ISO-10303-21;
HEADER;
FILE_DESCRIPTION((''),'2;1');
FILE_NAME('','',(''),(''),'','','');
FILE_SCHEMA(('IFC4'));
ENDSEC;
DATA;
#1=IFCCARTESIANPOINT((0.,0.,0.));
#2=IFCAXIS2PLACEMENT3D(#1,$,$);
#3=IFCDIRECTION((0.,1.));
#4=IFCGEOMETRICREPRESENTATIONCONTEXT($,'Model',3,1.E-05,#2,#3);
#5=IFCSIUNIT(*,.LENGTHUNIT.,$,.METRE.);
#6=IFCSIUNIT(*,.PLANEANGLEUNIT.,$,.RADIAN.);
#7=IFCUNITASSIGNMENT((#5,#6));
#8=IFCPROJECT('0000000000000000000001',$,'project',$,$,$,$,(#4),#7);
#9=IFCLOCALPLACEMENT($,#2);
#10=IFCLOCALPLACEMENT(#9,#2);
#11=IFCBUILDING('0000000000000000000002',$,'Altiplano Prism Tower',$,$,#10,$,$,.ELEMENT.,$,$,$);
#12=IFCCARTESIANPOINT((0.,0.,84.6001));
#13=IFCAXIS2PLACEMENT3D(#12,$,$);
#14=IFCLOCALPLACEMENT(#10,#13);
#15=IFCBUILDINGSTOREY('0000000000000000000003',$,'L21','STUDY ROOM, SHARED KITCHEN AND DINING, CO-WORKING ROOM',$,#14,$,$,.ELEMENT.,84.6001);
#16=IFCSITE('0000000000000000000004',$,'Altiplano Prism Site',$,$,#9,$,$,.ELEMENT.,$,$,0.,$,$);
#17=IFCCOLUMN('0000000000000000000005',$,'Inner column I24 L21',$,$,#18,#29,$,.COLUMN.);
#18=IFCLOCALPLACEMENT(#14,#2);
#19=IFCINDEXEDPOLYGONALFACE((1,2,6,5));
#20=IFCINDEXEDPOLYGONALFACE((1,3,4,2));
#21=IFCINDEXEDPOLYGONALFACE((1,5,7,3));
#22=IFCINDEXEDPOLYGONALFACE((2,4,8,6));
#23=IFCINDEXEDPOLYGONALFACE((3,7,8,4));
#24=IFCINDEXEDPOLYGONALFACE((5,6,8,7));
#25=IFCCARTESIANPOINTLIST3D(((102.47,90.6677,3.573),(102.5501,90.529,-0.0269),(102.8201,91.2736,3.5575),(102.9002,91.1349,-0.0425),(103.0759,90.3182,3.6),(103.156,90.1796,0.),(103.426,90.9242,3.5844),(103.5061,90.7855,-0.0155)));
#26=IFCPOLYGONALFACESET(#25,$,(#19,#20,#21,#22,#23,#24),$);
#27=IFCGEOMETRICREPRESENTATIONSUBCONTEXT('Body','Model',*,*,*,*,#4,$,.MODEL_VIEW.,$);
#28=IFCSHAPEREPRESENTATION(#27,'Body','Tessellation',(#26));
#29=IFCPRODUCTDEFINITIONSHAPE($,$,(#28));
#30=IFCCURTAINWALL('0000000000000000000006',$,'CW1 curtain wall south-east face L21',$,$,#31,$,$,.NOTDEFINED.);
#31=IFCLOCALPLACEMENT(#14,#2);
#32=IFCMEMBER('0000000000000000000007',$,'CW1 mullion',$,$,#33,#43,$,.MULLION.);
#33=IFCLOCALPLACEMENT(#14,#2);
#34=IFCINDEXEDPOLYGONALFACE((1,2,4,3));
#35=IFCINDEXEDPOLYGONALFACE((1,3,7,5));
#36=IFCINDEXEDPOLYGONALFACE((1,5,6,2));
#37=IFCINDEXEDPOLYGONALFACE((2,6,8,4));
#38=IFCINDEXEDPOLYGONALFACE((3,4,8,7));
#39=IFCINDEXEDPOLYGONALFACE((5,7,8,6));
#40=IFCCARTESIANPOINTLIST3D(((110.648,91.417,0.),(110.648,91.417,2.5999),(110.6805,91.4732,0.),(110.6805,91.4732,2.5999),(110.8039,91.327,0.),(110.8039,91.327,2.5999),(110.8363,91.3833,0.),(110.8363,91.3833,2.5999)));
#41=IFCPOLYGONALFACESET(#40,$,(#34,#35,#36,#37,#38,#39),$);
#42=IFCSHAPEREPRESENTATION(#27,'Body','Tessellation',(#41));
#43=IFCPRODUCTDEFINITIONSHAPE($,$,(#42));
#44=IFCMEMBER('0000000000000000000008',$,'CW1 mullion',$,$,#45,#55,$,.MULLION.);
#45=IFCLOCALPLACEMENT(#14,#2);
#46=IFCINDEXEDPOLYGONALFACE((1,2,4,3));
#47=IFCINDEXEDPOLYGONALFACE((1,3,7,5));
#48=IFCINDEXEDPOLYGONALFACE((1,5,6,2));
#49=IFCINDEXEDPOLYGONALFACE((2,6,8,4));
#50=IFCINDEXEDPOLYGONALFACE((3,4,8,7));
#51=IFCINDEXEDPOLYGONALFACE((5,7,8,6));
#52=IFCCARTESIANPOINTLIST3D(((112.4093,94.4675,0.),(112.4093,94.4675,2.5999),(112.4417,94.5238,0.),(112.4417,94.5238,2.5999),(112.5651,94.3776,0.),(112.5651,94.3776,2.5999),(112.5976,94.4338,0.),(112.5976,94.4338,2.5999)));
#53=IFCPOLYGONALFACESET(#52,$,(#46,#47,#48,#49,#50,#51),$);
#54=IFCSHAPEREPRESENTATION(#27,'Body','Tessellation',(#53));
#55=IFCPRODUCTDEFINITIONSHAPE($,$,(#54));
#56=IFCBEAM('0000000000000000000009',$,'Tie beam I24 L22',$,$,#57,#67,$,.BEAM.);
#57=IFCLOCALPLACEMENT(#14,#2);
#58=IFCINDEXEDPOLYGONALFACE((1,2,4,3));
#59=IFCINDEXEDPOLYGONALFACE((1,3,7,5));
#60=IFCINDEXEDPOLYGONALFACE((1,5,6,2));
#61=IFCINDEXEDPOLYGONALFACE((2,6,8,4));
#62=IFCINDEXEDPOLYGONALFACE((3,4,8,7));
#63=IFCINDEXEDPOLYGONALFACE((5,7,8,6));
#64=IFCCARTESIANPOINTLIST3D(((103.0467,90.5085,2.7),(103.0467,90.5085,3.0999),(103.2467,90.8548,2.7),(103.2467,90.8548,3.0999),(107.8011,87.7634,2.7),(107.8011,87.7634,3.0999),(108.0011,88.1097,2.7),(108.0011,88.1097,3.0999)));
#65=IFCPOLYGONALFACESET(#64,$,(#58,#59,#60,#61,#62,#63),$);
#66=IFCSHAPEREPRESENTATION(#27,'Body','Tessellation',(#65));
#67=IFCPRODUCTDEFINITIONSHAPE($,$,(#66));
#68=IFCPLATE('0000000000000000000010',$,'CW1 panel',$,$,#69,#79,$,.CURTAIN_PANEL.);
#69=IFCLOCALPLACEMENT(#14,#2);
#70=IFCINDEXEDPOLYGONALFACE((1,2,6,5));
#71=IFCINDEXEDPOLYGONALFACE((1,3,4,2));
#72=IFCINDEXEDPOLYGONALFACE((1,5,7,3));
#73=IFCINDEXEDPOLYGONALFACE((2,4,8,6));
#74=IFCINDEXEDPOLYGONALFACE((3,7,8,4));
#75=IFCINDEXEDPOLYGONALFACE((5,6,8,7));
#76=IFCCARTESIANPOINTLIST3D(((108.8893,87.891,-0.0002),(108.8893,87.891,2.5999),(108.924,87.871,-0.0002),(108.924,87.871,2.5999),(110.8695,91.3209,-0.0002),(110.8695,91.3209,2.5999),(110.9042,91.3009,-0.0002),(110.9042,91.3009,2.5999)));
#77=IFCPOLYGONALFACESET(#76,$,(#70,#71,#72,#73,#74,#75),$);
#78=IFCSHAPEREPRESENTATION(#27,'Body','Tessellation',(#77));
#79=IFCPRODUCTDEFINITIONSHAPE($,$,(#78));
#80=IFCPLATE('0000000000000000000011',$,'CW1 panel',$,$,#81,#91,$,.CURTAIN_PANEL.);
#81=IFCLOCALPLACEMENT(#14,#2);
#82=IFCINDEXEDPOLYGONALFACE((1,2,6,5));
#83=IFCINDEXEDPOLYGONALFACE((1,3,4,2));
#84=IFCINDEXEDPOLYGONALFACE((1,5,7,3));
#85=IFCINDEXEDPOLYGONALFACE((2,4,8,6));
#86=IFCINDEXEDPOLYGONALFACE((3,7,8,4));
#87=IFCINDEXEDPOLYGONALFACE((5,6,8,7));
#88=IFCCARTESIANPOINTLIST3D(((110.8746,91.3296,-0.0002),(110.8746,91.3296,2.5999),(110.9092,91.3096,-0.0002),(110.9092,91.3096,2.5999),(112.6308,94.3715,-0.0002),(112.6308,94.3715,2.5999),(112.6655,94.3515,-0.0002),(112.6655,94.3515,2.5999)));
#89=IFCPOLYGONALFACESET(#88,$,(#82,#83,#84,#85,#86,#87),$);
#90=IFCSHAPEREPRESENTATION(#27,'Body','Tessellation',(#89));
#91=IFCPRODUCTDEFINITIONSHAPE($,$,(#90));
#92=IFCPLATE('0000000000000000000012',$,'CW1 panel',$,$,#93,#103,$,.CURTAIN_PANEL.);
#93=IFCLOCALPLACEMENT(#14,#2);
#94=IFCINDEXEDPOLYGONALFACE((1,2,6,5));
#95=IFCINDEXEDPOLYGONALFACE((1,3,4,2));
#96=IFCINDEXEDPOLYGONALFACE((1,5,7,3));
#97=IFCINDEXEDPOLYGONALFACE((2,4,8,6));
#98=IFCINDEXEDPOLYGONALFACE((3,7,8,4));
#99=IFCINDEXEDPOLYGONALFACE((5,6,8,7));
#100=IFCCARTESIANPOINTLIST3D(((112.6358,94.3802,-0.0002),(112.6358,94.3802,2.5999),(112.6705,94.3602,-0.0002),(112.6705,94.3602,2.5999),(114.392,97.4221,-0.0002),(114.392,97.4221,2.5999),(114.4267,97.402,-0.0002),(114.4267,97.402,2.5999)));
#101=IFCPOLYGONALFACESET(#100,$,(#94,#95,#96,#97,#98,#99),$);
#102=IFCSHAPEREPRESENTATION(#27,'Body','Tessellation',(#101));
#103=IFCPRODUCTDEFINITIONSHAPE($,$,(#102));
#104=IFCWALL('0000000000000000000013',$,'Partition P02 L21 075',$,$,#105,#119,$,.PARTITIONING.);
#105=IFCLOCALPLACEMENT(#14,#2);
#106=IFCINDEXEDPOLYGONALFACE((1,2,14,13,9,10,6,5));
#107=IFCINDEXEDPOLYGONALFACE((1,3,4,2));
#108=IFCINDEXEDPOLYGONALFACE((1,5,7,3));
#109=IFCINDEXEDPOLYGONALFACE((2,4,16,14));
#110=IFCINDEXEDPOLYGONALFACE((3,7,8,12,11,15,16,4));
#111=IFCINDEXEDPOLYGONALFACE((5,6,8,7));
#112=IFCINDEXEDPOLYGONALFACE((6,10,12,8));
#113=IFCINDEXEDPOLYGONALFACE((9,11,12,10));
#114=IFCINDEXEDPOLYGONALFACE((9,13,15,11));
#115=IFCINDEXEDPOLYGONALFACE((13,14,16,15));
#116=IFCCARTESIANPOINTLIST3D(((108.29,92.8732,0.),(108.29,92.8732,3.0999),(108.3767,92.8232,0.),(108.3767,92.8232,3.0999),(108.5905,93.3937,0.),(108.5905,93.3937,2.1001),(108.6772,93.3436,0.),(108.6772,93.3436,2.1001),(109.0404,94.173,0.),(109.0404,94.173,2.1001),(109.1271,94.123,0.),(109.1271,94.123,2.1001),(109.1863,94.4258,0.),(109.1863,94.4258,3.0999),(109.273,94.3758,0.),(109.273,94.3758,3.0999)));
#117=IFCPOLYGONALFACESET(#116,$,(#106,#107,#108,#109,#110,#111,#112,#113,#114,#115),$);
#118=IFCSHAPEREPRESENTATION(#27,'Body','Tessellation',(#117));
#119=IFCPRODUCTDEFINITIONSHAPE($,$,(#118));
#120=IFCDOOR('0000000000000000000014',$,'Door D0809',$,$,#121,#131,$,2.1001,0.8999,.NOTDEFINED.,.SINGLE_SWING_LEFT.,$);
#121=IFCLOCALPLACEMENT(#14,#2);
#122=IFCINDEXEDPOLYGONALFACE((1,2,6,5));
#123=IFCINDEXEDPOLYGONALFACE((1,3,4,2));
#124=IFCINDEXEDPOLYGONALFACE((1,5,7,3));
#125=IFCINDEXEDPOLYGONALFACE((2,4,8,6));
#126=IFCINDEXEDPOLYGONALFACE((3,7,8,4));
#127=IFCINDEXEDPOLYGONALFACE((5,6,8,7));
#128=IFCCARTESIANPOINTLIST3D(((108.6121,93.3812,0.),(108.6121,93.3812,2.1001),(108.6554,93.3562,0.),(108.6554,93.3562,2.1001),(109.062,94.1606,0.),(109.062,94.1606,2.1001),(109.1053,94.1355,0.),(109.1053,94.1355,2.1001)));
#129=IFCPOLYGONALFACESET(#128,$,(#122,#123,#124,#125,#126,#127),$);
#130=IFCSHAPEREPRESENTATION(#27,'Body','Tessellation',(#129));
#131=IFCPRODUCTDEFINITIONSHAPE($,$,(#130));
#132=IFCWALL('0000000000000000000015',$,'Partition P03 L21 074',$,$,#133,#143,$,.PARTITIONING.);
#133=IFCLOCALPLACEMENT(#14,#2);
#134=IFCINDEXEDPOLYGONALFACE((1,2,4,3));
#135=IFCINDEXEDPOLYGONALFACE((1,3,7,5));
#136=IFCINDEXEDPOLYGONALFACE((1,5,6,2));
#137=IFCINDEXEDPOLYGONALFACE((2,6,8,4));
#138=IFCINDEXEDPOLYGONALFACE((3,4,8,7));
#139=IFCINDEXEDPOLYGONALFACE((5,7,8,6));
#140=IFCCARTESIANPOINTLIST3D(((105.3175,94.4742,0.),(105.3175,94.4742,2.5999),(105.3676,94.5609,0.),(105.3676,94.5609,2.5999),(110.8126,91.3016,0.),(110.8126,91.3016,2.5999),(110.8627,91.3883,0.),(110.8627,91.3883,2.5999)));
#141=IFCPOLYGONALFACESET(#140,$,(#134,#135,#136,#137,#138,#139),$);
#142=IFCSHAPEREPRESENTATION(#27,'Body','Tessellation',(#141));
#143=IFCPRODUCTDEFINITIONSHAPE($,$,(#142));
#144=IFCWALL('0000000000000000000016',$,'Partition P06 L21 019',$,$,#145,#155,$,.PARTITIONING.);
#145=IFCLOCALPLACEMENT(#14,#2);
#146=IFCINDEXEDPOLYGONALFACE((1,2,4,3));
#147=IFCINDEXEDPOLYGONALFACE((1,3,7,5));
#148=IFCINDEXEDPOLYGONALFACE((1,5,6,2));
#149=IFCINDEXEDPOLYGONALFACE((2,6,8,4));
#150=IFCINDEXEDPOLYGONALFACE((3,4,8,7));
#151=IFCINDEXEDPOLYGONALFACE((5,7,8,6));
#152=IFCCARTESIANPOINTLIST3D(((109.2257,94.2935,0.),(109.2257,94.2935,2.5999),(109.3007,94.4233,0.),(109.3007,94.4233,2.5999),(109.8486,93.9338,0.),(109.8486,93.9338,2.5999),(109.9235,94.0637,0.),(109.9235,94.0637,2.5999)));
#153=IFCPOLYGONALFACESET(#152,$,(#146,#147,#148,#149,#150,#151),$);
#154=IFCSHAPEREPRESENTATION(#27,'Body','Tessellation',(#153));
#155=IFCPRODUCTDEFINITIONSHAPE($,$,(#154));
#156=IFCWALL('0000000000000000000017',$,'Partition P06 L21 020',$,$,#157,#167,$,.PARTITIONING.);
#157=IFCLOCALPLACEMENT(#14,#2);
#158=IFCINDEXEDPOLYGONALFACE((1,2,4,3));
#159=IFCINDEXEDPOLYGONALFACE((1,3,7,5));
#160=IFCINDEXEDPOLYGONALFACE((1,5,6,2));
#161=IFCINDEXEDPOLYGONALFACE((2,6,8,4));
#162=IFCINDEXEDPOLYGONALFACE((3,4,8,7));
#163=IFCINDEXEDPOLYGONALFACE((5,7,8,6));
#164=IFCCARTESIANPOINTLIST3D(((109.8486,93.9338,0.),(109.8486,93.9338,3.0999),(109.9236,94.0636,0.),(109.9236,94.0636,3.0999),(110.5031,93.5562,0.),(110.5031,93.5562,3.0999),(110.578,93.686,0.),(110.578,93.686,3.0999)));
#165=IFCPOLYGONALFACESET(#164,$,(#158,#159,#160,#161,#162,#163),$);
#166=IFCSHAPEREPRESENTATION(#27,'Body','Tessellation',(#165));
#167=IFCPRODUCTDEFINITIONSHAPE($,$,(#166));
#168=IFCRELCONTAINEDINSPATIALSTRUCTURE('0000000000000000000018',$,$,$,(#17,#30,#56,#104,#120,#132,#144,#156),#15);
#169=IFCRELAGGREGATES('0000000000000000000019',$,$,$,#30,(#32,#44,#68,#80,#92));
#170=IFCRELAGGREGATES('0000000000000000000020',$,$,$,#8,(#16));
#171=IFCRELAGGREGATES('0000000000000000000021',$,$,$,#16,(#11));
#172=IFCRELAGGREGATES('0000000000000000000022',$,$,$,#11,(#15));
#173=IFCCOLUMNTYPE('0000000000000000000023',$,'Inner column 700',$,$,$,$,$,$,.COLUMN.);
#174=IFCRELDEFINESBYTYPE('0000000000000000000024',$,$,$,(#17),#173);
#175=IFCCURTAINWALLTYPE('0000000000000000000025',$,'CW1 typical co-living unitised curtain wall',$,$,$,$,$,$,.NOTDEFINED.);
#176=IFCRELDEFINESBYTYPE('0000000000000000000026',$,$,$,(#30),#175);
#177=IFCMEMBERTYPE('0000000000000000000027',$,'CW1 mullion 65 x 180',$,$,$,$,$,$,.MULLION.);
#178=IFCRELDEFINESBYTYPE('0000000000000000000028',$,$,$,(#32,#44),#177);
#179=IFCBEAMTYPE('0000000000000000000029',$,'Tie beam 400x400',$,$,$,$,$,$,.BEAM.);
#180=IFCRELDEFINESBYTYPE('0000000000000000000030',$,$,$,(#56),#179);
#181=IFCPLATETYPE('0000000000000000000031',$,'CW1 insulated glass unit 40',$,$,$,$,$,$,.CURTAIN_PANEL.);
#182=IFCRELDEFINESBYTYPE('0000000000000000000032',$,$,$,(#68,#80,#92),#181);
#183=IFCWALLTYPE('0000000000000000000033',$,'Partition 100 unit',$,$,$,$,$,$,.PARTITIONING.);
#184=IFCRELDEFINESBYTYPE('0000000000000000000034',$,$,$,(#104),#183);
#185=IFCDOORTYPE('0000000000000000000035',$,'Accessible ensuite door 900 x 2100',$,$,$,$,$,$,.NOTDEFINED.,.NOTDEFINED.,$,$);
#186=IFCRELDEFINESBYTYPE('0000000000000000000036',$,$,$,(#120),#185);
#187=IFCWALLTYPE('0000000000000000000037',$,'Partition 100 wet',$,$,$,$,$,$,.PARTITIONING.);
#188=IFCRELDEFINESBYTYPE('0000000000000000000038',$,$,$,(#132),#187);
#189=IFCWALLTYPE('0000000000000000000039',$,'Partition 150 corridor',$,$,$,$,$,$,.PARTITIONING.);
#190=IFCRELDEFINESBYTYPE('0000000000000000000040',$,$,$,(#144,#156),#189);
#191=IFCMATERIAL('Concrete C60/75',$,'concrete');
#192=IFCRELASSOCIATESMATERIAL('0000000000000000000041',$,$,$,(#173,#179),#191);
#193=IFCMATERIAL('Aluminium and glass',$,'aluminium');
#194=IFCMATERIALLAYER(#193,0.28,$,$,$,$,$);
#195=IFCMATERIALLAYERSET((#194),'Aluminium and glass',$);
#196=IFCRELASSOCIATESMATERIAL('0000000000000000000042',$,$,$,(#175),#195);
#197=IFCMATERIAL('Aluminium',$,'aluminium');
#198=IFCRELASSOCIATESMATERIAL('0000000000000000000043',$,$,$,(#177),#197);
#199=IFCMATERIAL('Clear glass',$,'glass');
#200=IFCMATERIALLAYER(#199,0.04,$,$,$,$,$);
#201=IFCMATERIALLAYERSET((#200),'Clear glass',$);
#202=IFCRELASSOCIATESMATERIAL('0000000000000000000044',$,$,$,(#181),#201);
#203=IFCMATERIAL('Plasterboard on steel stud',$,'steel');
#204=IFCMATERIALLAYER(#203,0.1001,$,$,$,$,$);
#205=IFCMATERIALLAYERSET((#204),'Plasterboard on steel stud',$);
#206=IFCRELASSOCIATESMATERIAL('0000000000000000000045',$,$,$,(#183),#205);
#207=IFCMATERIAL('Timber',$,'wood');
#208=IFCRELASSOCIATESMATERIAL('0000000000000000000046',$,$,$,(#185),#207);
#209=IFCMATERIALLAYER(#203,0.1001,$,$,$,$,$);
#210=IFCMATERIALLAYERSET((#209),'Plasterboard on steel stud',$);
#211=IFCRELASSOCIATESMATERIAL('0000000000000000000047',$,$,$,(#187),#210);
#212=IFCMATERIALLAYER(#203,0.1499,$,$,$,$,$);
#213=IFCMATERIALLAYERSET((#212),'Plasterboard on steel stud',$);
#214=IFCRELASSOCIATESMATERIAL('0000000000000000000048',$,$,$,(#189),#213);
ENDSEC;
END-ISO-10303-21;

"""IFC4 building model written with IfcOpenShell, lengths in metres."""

from ifc_helpers import new_model, si_unit, direction, frame, frame_2d, origin, origin_2d, place, context, subcontext, project, spatial, rectangle, extrude, material, layer, layer_set, material_profile, profile_set, type_object, element, fill, aggregate, save


model = new_model("IFC4")

# Units and contexts
model_context = context("Model", 3, precision=1e-05, world=origin(), true_north=direction((0.0, 1.0)))
body_context = subcontext(model_context, "Body", "Model", "MODEL_VIEW")
ifc_project = project(units=[si_unit("LENGTHUNIT", "METRE"), si_unit("PLANEANGLEUNIT", "RADIAN")], contexts=[model_context])

# Site, building, storey
site_placement = place(None, origin())
site = spatial("IfcSite", under=ifc_project, at=site_placement, Name="Altiplano Prism Site", CompositionType="ELEMENT", RefElevation=0.0)
building_placement = place(site_placement, origin())
building = spatial("IfcBuilding", under=site, at=building_placement, Name="Altiplano Prism Tower", CompositionType="ELEMENT")
storey_placement = place(building_placement, frame((0.0, 0.0, 84.6001)))
storey = spatial("IfcBuildingStorey", under=building, at=storey_placement, Name="L21", Description="STUDY ROOM, SHARED KITCHEN AND DINING, CO-WORKING ROOM", CompositionType="ELEMENT", Elevation=84.6001)

# Column
ifc_material_1 = material(Name="Concrete C60/75", Category="concrete")
ifc_material_profile_1 = material_profile(ifc_material_1, rectangle(XDim=0.7, YDim=0.7, at=origin_2d()), Name="Inner column 700")
ifc_profile_set_1 = profile_set([ifc_material_profile_1], Name="Concrete C60/75")
column_type = type_object("IfcColumnType", Name="Inner column 700", PredefinedType="COLUMN", material=ifc_profile_set_1)
column_placement = place(storey_placement, frame((103.0281, 90.6572, -0.0212), z_axis=(-0.022223, 0.038483, 0.999012), x_axis=(-0.50017, -0.865642, 0.02222)))
element("IfcColumn", 1, at=column_placement, inside=storey, type_object=column_type, Name="Inner column I24 L21", PredefinedType="COLUMN", context=body_context, shape_type="SweptSolid", body=[
    extrude(rectangle(XDim=0.7, YDim=0.7, at=origin_2d()), origin(), (0.0, 0.0, 1.0), 3.6035),
])

# Curtain wall, members
ifc_material_2 = material(Name="Aluminium and glass", Category="aluminium")
ifc_layer_1 = layer(ifc_material_2, 0.28)
ifc_layer_set_1 = layer_set([ifc_layer_1], Name="Aluminium and glass")
curtain_wall_type = type_object("IfcCurtainWallType", Name="CW1 typical co-living unitised curtain wall", PredefinedType="NOTDEFINED", material=ifc_layer_set_1)
curtain_wall_placement = place(storey_placement, origin())
curtain_wall = element("IfcCurtainWall", 2, at=curtain_wall_placement, inside=storey, type_object=curtain_wall_type, Name="CW1 curtain wall south-east face L21", PredefinedType="NOTDEFINED")
ifc_material_3 = material(Name="Aluminium", Category="aluminium")
ifc_material_profile_2 = material_profile(ifc_material_3, rectangle(XDim=0.1799, YDim=0.0649, at=origin_2d()), Name="CW1 mullion 65 x 180")
ifc_profile_set_2 = profile_set([ifc_material_profile_2], Name="Aluminium")
member_type = type_object("IfcMemberType", Name="CW1 mullion 65 x 180", PredefinedType="MULLION", material=ifc_profile_set_2)
member_1_placement = place(storey_placement, frame((110.7422, 91.4001, 0.0), z_axis=(0.0, 0.0, 1.0), x_axis=(-0.866025, 0.5, 0.0)))
member_1 = element("IfcMember", 3, at=member_1_placement, type_object=member_type, Name="CW1 mullion", PredefinedType="MULLION", context=body_context, shape_type="SweptSolid", body=[
    extrude(rectangle(XDim=0.1799, YDim=0.0649, at=origin_2d()), origin(), (0.0, 0.0, 1.0), 2.5999),
])
member_2_placement = place(storey_placement, frame((112.5034, 94.4507, 0.0), z_axis=(0.0, 0.0, 1.0), x_axis=(-0.866025, 0.5, 0.0)))
member_2 = element("IfcMember", 4, at=member_2_placement, type_object=member_type, Name="CW1 mullion", PredefinedType="MULLION", context=body_context, shape_type="SweptSolid", body=[
    extrude(rectangle(XDim=0.1799, YDim=0.0649, at=origin_2d()), origin(), (0.0, 0.0, 1.0), 2.5999),
])

# Beam
ifc_material_profile_3 = material_profile(ifc_material_1, rectangle(XDim=0.3999, YDim=0.3999, at=origin_2d()), Name="Tie beam 400x400")
ifc_profile_set_3 = profile_set([ifc_material_profile_3], Name="Concrete C60/75")
beam_type = type_object("IfcBeamType", Name="Tie beam 400x400", PredefinedType="BEAM", material=ifc_profile_set_3)
beam_placement = place(storey_placement, frame((103.1467, 90.6816, 2.8999), z_axis=(0.866012, -0.500023, 0.0), x_axis=(0.500023, 0.866012, 0.0)))
element("IfcBeam", 5, at=beam_placement, inside=storey, type_object=beam_type, Name="Tie beam I24 L22", PredefinedType="BEAM", context=body_context, shape_type="SweptSolid", body=[
    extrude(rectangle(XDim=0.3999, YDim=0.3999, at=origin_2d()), origin(), (0.0, 0.0, 1.0), 5.49),
])

# Plates
ifc_material_4 = material(Name="Clear glass", Category="glass")
ifc_layer_2 = layer(ifc_material_4, 0.04)
ifc_layer_set_2 = layer_set([ifc_layer_2], Name="Clear glass")
plate_type = type_object("IfcPlateType", Name="CW1 insulated glass unit 40", PredefinedType="CURTAIN_PANEL", material=ifc_layer_set_2)
plate_1_placement = place(storey_placement, frame((109.8967, 89.5959, -0.0002), z_axis=(0.0, 0.0, 1.0), x_axis=(0.5, 0.866025, 0.0)))
plate_1 = element("IfcPlate", 6, at=plate_1_placement, type_object=plate_type, Name="CW1 panel", PredefinedType="CURTAIN_PANEL", context=body_context, shape_type="SweptSolid", body=[
    extrude(rectangle(XDim=3.9604, YDim=0.04, at=origin_2d()), origin(), (0.0, 0.0, 1.0), 2.6001),
])
plate_2_placement = place(storey_placement, frame((111.77, 92.8406, -0.0002), z_axis=(0.0, 0.0, 1.0), x_axis=(0.5, 0.866025, 0.0)))
plate_2 = element("IfcPlate", 7, at=plate_2_placement, type_object=plate_type, Name="CW1 panel", PredefinedType="CURTAIN_PANEL", context=body_context, shape_type="SweptSolid", body=[
    extrude(rectangle(XDim=3.5125, YDim=0.04, at=origin_2d()), origin(), (0.0, 0.0, 1.0), 2.6001),
])
plate_3_placement = place(storey_placement, frame((113.5312, 95.8911, -0.0002), z_axis=(0.0, 0.0, 1.0), x_axis=(0.5, 0.866025, 0.0)))
plate_3 = element("IfcPlate", 8, at=plate_3_placement, type_object=plate_type, Name="CW1 panel", PredefinedType="CURTAIN_PANEL", context=body_context, shape_type="SweptSolid", body=[
    extrude(rectangle(XDim=3.5125, YDim=0.04, at=origin_2d()), origin(), (0.0, 0.0, 1.0), 2.6001),
])
aggregate(curtain_wall, [member_1, member_2, plate_1, plate_2, plate_3])

# Wall, opening, door
ifc_material_5 = material(Name="Plasterboard on steel stud", Category="steel")
ifc_layer_3 = layer(ifc_material_5, 0.1001)
ifc_layer_set_3 = layer_set([ifc_layer_3], Name="Plasterboard on steel stud")
wall_type_1 = type_object("IfcWallType", Name="Partition 100 unit", PredefinedType="PARTITIONING", material=ifc_layer_set_3)
wall_1_placement = place(storey_placement, frame((109.2297, 94.4009, 0.0), z_axis=(0.0, 0.0, 1.0), x_axis=(-0.499962, -0.866047, 0.0)))
wall_1 = element("IfcWall", 9, at=wall_1_placement, inside=storey, type_object=wall_type_1, Name="Partition P02 L21 075", PredefinedType="PARTITIONING", context=body_context, shape_type="SweptSolid", body=[
    extrude(rectangle(XDim=1.7927, YDim=0.1001, at=frame_2d((0.8965, 0.0))), origin(), (0.0, 0.0, 1.0), 3.0999),
])
opening_1_placement = place(wall_1_placement, frame((0.292, 0.0, 0.0)))
opening_1 = element("IfcOpeningElement", 10, at=opening_1_placement, cuts=wall_1, PredefinedType="OPENING", context=body_context, shape_type="SweptSolid", body=[
    extrude(rectangle(XDim=0.8999, YDim=2.1001, at=frame_2d((0.45, 1.05))), frame((0.0, 0.0605, 0.0), z_axis=(0.0, -1.0, 0.0), x_axis=(1.0, 0.0, 0.0)), (0.0, 0.0, 1.0), 0.1211),
])
ifc_material_6 = material(Name="Timber", Category="wood")
door_type_1 = type_object("IfcDoorType", Name="Accessible ensuite door 900 x 2100", OperationType="NOTDEFINED", PredefinedType="NOTDEFINED", material=ifc_material_6)
door_1_placement = place(opening_1_placement, origin())
door_1 = element("IfcDoor", 11, at=door_1_placement, inside=storey, type_object=door_type_1, Name="Door D0809", OperationType="SINGLE_SWING_LEFT", OverallHeight=2.1001, OverallWidth=0.8999, PredefinedType="NOTDEFINED", context=body_context, shape_type="SweptSolid", body=[
    extrude(rectangle(XDim=0.8999, YDim=2.1001, at=frame_2d((0.45, 1.05))), frame((0.0, 0.0249, 0.0), z_axis=(0.0, -1.0, 0.0), x_axis=(1.0, 0.0, 0.0)), (0.0, 0.0, 1.0), 0.05),
])
fill(opening_1, door_1)

# Walls
ifc_layer_4 = layer(ifc_material_5, 0.1001)
ifc_layer_set_4 = layer_set([ifc_layer_4], Name="Plasterboard on steel stud")
wall_type_2 = type_object("IfcWallType", Name="Partition 100 wet", PredefinedType="PARTITIONING", material=ifc_layer_set_4)
wall_2_placement = place(storey_placement, frame((110.8376, 91.345, 0.0), z_axis=(0.0, 0.0, 1.0), x_axis=(-0.866025, 0.5, 0.0)))
element("IfcWall", 12, at=wall_2_placement, inside=storey, type_object=wall_type_2, Name="Partition P03 L21 074", PredefinedType="PARTITIONING", context=body_context, shape_type="SweptSolid", body=[
    extrude(rectangle(XDim=6.3452, YDim=0.1001, at=frame_2d((3.1726, 0.0))), origin(), (0.0, 0.0, 1.0), 2.5999),
])
ifc_layer_5 = layer(ifc_material_5, 0.1499)
ifc_layer_set_5 = layer_set([ifc_layer_5], Name="Plasterboard on steel stud")
wall_type_3 = type_object("IfcWallType", Name="Partition 150 corridor", PredefinedType="PARTITIONING", material=ifc_layer_set_5)
wall_3_placement = place(storey_placement, frame((109.2632, 94.3584, 0.0), z_axis=(0.0, 0.0, 1.0), x_axis=(0.865999, -0.500046, 0.0)))
element("IfcWall", 13, at=wall_3_placement, inside=storey, type_object=wall_type_3, Name="Partition P06 L21 019", PredefinedType="PARTITIONING", context=body_context, shape_type="SweptSolid", body=[
    extrude(rectangle(XDim=0.7192, YDim=0.1499, at=frame_2d((0.3596, 0.0))), origin(), (0.0, 0.0, 1.0), 2.5999),
])
wall_4_placement = place(storey_placement, frame((109.886, 93.9988, 0.0), z_axis=(0.0, 0.0, 1.0), x_axis=(0.866148, -0.499788, 0.0)))
element("IfcWall", 14, at=wall_4_placement, inside=storey, type_object=wall_type_3, Name="Partition P06 L21 020", PredefinedType="PARTITIONING", context=body_context, shape_type="SweptSolid", body=[
    extrude(rectangle(XDim=0.7556, YDim=0.1499, at=frame_2d((0.3779, 0.0))), origin(), (0.0, 0.0, 1.0), 3.0999),
])

save(model, "model.ifc")
